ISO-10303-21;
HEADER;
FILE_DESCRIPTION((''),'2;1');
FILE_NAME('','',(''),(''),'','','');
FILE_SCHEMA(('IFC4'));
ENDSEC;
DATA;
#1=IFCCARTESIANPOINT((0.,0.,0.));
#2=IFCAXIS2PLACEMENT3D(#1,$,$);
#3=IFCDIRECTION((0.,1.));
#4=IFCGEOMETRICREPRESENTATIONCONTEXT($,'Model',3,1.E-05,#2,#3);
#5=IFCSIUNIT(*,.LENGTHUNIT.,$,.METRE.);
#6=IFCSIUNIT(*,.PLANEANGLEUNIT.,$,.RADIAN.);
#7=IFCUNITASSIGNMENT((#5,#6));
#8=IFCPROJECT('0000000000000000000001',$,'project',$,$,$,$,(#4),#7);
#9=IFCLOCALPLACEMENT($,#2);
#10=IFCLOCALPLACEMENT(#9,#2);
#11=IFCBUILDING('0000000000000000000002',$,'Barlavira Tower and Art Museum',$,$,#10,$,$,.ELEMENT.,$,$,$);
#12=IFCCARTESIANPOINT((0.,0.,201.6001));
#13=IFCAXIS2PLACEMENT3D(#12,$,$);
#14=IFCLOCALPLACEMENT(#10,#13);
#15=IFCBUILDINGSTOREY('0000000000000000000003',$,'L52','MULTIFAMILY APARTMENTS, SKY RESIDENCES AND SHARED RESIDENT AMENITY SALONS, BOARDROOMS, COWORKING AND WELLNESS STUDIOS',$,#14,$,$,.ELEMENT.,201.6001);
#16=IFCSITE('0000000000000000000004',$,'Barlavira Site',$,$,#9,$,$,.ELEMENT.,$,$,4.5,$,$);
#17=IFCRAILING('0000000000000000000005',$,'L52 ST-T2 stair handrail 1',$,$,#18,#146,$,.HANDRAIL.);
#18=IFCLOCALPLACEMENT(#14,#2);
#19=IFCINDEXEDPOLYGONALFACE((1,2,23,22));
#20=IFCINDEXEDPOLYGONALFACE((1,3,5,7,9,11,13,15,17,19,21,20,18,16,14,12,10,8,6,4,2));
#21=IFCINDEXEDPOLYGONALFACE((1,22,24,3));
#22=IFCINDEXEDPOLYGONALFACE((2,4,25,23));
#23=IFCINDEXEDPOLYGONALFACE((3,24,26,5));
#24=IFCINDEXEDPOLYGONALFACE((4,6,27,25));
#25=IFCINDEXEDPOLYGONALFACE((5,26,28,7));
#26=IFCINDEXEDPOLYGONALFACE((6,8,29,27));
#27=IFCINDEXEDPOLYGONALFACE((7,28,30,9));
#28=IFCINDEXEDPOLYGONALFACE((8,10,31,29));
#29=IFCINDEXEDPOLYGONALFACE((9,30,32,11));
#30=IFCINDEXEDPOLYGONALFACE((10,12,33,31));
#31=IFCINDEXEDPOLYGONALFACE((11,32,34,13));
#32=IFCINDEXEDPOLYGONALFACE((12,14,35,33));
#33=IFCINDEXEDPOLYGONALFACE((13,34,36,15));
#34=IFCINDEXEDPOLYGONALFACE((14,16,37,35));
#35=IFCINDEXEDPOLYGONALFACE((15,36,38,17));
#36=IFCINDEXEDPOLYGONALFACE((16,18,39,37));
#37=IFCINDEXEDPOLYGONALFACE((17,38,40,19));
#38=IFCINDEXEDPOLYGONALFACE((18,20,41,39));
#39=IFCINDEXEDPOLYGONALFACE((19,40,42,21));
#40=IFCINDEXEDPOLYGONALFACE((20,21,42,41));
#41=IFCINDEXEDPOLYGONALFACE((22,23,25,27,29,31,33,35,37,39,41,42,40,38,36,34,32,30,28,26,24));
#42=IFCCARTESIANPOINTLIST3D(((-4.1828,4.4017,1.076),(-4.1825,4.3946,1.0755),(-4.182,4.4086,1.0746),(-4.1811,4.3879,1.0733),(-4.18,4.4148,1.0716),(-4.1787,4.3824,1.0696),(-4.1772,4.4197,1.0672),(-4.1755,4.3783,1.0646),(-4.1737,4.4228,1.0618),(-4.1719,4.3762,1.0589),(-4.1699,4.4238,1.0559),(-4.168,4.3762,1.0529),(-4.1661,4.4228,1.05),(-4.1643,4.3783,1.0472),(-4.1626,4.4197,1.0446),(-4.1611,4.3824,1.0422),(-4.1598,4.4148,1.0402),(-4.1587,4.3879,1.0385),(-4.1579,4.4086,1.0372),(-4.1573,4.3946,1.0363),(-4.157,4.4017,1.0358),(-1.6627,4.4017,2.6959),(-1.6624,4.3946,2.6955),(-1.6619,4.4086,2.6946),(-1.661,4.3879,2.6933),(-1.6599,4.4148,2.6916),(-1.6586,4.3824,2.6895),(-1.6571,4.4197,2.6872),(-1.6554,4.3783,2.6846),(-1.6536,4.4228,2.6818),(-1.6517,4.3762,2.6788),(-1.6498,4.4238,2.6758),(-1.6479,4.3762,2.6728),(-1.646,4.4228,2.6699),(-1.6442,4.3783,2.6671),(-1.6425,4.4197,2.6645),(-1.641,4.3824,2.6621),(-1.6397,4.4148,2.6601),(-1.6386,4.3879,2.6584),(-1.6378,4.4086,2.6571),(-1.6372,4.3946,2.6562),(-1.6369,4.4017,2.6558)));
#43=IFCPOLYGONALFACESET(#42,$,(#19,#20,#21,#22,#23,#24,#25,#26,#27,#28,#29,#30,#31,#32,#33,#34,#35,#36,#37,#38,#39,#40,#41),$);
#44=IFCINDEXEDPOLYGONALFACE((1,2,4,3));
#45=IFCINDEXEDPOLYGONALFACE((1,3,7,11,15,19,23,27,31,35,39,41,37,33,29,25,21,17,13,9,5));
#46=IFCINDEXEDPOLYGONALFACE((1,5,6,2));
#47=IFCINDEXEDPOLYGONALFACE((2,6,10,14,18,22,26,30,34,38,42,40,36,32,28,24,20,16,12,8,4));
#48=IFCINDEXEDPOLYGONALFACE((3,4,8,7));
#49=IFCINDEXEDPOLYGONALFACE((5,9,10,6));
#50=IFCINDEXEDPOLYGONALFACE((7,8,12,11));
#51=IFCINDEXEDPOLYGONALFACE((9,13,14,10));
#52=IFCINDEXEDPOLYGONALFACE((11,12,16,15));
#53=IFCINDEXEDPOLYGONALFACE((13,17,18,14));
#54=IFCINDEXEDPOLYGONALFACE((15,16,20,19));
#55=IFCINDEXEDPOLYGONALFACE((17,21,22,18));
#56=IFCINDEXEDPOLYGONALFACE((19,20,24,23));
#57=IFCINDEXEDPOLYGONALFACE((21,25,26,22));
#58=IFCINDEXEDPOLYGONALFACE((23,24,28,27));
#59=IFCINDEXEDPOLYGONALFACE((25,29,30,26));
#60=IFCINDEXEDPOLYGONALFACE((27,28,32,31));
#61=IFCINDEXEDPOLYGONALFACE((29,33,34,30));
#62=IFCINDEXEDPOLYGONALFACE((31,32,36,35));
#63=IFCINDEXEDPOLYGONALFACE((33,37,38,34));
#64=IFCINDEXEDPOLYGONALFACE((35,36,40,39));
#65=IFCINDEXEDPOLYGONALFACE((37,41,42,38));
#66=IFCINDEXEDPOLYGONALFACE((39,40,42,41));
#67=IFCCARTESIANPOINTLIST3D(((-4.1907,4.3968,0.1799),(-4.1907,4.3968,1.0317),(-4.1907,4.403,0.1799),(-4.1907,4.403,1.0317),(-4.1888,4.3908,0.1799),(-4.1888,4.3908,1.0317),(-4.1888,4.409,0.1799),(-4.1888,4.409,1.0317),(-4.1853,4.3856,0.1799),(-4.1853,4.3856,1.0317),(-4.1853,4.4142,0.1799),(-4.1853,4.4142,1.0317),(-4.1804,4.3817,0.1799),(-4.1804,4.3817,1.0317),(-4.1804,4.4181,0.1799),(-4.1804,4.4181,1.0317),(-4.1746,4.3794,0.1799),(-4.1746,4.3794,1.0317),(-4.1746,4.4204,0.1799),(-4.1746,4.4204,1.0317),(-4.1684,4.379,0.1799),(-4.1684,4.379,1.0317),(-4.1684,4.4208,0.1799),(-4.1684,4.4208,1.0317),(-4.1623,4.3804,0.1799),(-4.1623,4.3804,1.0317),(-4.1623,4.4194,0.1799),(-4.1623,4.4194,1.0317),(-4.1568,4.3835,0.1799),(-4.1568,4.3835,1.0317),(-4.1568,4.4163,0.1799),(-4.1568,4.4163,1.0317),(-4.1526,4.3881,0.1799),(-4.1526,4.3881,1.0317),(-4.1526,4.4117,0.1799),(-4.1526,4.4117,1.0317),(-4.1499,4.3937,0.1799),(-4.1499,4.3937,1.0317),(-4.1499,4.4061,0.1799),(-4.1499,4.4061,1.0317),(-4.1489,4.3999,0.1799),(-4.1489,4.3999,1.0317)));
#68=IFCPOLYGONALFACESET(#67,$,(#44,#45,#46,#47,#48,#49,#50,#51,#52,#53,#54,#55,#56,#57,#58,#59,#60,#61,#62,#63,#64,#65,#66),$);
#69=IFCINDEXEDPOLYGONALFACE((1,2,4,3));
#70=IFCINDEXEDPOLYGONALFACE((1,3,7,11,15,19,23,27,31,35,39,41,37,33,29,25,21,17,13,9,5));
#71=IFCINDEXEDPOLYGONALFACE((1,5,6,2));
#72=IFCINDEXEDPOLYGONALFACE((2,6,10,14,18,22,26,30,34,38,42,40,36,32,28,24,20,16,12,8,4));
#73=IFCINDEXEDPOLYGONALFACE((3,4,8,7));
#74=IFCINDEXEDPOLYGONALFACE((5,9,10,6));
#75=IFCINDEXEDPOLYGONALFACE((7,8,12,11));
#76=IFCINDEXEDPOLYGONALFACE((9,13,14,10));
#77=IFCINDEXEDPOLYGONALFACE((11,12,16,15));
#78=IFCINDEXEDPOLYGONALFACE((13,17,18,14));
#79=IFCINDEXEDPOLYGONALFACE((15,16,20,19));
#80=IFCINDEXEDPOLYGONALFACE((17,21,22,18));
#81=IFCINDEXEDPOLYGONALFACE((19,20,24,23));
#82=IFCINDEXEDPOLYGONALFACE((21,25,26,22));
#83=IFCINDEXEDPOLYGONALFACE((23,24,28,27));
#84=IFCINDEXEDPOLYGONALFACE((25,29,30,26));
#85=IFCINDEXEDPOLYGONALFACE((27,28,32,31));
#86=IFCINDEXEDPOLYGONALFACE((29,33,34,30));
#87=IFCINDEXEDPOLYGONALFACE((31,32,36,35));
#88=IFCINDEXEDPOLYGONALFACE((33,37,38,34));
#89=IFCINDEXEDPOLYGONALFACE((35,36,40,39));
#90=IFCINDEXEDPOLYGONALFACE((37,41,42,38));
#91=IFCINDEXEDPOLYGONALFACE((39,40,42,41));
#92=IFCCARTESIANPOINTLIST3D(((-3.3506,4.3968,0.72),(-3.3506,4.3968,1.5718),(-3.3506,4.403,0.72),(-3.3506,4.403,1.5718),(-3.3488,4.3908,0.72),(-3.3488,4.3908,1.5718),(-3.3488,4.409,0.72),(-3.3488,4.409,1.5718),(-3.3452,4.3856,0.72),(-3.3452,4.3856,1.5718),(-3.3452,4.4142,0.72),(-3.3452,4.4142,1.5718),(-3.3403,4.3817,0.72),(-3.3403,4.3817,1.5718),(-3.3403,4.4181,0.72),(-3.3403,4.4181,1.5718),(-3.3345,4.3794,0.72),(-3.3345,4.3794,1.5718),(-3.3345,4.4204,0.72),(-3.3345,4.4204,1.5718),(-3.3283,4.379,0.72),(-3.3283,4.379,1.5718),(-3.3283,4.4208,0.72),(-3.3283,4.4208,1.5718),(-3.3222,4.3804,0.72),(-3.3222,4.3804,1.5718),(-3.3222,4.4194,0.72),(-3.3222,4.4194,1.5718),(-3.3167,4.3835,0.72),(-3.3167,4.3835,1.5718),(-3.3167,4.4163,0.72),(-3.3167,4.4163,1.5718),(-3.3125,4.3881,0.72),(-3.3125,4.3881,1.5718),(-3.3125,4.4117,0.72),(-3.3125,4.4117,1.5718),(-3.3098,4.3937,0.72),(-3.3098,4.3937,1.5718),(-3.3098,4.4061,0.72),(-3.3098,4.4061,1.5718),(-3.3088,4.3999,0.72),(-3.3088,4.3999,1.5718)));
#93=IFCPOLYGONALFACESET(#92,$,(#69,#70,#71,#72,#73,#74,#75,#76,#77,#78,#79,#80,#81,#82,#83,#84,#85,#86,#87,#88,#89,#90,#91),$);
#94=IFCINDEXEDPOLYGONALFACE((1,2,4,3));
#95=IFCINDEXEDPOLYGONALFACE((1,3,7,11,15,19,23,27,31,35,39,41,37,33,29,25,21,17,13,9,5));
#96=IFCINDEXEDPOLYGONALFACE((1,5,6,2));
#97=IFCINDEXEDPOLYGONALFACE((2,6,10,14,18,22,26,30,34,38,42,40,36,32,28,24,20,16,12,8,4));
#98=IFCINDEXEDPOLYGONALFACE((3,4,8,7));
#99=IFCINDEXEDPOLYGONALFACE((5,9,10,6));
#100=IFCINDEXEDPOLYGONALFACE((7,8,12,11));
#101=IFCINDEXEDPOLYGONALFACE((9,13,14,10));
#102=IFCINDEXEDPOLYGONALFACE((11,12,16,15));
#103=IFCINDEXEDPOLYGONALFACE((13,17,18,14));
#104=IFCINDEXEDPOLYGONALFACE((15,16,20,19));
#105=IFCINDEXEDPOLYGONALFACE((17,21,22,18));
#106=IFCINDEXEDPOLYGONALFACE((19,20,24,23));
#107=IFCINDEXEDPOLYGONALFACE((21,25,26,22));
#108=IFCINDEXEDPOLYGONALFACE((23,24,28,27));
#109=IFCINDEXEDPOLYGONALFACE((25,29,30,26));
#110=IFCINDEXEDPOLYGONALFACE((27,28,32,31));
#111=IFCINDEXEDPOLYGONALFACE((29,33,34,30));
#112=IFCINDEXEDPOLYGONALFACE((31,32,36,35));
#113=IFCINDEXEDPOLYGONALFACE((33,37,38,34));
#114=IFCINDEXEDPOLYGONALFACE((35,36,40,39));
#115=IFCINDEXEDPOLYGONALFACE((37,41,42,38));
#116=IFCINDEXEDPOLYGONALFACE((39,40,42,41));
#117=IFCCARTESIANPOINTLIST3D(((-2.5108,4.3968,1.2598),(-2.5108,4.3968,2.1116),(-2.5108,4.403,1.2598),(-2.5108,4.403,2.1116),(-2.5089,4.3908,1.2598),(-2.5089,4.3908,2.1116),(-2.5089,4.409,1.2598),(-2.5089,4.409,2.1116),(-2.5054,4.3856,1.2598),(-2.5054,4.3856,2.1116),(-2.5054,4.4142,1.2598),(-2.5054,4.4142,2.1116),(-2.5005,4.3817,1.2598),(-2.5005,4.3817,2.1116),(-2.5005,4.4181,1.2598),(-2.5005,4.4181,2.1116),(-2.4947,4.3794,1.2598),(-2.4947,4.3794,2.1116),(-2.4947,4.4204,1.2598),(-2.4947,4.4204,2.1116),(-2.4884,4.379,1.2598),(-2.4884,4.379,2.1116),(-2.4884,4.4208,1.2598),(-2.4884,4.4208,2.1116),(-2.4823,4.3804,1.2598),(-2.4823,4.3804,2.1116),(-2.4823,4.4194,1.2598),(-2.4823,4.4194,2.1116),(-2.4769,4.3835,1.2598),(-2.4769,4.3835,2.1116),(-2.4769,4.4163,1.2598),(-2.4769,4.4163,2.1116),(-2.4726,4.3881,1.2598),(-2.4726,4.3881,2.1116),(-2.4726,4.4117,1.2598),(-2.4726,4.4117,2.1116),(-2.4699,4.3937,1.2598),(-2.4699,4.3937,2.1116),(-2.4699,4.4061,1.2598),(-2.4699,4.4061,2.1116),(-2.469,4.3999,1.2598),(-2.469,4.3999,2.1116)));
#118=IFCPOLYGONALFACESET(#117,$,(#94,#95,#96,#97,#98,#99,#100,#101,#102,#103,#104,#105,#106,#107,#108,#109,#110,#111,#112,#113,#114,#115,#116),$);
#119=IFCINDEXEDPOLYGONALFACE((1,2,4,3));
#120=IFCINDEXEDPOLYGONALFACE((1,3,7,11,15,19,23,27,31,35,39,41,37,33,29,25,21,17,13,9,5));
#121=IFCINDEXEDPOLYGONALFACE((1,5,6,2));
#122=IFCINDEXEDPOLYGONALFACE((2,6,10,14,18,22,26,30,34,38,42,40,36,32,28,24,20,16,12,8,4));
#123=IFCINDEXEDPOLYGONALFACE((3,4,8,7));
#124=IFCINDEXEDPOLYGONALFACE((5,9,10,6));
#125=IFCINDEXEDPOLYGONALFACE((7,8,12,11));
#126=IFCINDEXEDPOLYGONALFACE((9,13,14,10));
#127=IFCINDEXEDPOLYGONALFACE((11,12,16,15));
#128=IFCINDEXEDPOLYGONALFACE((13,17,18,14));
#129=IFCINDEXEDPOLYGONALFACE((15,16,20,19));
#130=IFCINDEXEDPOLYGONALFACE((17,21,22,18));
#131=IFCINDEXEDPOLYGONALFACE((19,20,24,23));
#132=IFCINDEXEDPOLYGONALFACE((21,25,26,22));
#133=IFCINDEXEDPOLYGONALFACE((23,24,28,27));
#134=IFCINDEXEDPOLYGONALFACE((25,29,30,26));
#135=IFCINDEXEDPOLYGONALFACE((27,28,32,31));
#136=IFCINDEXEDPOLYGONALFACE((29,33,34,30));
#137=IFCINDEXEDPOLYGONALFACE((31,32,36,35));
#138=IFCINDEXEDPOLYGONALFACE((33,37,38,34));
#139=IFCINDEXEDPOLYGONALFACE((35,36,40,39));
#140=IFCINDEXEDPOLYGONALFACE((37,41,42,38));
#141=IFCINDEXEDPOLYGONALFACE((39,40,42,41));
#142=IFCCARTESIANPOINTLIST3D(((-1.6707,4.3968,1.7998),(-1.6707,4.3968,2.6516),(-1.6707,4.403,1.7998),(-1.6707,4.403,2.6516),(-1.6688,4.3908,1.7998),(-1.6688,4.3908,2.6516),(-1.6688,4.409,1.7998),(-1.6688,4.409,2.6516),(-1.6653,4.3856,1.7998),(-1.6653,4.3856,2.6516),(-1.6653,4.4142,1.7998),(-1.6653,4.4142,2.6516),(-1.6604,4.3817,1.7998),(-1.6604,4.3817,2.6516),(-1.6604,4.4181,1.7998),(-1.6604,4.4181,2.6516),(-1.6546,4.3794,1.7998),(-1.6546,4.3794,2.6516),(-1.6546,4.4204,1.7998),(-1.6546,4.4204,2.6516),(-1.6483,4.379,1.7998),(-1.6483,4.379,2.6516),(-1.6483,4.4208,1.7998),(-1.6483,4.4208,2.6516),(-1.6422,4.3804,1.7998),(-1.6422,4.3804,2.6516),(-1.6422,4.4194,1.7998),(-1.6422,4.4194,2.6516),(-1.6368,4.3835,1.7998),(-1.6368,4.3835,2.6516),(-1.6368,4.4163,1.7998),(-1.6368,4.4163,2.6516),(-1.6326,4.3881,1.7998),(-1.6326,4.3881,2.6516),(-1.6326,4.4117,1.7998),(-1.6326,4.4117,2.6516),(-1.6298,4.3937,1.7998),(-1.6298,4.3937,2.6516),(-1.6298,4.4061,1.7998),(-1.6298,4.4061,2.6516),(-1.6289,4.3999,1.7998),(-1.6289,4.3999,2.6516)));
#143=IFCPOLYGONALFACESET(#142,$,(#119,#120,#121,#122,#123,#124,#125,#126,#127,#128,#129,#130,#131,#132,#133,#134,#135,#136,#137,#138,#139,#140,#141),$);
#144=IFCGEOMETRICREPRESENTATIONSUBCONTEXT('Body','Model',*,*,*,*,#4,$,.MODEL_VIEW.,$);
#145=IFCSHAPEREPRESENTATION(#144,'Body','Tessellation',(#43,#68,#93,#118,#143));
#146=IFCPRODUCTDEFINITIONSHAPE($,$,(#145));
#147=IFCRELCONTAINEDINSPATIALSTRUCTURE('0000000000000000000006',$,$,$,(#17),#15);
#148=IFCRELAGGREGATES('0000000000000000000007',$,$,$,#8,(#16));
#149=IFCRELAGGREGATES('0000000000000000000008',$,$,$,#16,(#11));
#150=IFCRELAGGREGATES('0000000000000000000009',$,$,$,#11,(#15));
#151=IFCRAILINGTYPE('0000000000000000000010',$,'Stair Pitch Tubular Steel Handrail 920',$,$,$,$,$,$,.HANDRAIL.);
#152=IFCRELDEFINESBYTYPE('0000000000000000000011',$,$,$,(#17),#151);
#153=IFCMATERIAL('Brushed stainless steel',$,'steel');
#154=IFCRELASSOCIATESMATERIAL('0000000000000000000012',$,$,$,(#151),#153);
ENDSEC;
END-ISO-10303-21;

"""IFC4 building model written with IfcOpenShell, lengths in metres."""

from ifc_helpers import new_model, si_unit, direction, frame, origin, origin_2d, place, context, subcontext, project, spatial, circle, extrude, material, type_object, element, save


model = new_model("IFC4")

# Units and contexts
model_context = context("Model", 3, precision=1e-05, world=origin(), true_north=direction((0.0, 1.0)))
body_context = subcontext(model_context, "Body", "Model", "MODEL_VIEW")
ifc_project = project(units=[si_unit("LENGTHUNIT", "METRE"), si_unit("PLANEANGLEUNIT", "RADIAN")], contexts=[model_context])

# Site, building, storey
site_placement = place(None, origin())
site = spatial("IfcSite", under=ifc_project, at=site_placement, Name="Barlavira Site", CompositionType="ELEMENT", RefElevation=4.5)
building_placement = place(site_placement, origin())
building = spatial("IfcBuilding", under=site, at=building_placement, Name="Barlavira Tower and Art Museum", CompositionType="ELEMENT")
storey_placement = place(building_placement, frame((0.0, 0.0, 201.6001)))
storey = spatial("IfcBuildingStorey", under=building, at=storey_placement, Name="L52", Description="MULTIFAMILY APARTMENTS, SKY RESIDENCES AND SHARED RESIDENT AMENITY SALONS, BOARDROOMS, COWORKING AND WELLNESS STUDIOS", CompositionType="ELEMENT", Elevation=201.6001)

# Shared definitions
ifc_material_1 = material(Name="Brushed stainless steel", Category="steel")

# Railing
railing_type_1 = type_object("IfcRailingType", Name="Stair Pitch Tubular Steel Handrail 920", PredefinedType="HANDRAIL", material=ifc_material_1)
railing_1_placement = place(storey_placement, frame((-4.1699, 4.3999, 0.1799)))
element("IfcRailing", 1, at=railing_1_placement, inside=storey, type_object=railing_type_1, Name="L52 ST-T2 stair handrail 1", PredefinedType="HANDRAIL", context=body_context, shape_type="SweptSolid", body=[
    extrude(circle(Radius=0.0239, at=origin_2d()), frame((0.0, 0.0, 0.876), z_axis=(0.8412, 0.0, 0.540725), x_axis=(0.0, 1.0, 0.0)), (0.0, 0.0, 1.0), 2.9958),
    extrude(circle(Radius=0.021, at=origin_2d()), origin(), (0.0, 0.0, 1.0), 0.8518),
    extrude(circle(Radius=0.021, at=origin_2d()), frame((0.8401, 0.0, 0.54)), (0.0, 0.0, 1.0), 0.8518),
    extrude(circle(Radius=0.021, at=origin_2d()), frame((1.6799, 0.0, 1.0798)), (0.0, 0.0, 1.0), 0.8518),
    extrude(circle(Radius=0.021, at=origin_2d()), frame((2.52, 0.0, 1.6199)), (0.0, 0.0, 1.0), 0.8518),
])

save(model, "model.ifc")
